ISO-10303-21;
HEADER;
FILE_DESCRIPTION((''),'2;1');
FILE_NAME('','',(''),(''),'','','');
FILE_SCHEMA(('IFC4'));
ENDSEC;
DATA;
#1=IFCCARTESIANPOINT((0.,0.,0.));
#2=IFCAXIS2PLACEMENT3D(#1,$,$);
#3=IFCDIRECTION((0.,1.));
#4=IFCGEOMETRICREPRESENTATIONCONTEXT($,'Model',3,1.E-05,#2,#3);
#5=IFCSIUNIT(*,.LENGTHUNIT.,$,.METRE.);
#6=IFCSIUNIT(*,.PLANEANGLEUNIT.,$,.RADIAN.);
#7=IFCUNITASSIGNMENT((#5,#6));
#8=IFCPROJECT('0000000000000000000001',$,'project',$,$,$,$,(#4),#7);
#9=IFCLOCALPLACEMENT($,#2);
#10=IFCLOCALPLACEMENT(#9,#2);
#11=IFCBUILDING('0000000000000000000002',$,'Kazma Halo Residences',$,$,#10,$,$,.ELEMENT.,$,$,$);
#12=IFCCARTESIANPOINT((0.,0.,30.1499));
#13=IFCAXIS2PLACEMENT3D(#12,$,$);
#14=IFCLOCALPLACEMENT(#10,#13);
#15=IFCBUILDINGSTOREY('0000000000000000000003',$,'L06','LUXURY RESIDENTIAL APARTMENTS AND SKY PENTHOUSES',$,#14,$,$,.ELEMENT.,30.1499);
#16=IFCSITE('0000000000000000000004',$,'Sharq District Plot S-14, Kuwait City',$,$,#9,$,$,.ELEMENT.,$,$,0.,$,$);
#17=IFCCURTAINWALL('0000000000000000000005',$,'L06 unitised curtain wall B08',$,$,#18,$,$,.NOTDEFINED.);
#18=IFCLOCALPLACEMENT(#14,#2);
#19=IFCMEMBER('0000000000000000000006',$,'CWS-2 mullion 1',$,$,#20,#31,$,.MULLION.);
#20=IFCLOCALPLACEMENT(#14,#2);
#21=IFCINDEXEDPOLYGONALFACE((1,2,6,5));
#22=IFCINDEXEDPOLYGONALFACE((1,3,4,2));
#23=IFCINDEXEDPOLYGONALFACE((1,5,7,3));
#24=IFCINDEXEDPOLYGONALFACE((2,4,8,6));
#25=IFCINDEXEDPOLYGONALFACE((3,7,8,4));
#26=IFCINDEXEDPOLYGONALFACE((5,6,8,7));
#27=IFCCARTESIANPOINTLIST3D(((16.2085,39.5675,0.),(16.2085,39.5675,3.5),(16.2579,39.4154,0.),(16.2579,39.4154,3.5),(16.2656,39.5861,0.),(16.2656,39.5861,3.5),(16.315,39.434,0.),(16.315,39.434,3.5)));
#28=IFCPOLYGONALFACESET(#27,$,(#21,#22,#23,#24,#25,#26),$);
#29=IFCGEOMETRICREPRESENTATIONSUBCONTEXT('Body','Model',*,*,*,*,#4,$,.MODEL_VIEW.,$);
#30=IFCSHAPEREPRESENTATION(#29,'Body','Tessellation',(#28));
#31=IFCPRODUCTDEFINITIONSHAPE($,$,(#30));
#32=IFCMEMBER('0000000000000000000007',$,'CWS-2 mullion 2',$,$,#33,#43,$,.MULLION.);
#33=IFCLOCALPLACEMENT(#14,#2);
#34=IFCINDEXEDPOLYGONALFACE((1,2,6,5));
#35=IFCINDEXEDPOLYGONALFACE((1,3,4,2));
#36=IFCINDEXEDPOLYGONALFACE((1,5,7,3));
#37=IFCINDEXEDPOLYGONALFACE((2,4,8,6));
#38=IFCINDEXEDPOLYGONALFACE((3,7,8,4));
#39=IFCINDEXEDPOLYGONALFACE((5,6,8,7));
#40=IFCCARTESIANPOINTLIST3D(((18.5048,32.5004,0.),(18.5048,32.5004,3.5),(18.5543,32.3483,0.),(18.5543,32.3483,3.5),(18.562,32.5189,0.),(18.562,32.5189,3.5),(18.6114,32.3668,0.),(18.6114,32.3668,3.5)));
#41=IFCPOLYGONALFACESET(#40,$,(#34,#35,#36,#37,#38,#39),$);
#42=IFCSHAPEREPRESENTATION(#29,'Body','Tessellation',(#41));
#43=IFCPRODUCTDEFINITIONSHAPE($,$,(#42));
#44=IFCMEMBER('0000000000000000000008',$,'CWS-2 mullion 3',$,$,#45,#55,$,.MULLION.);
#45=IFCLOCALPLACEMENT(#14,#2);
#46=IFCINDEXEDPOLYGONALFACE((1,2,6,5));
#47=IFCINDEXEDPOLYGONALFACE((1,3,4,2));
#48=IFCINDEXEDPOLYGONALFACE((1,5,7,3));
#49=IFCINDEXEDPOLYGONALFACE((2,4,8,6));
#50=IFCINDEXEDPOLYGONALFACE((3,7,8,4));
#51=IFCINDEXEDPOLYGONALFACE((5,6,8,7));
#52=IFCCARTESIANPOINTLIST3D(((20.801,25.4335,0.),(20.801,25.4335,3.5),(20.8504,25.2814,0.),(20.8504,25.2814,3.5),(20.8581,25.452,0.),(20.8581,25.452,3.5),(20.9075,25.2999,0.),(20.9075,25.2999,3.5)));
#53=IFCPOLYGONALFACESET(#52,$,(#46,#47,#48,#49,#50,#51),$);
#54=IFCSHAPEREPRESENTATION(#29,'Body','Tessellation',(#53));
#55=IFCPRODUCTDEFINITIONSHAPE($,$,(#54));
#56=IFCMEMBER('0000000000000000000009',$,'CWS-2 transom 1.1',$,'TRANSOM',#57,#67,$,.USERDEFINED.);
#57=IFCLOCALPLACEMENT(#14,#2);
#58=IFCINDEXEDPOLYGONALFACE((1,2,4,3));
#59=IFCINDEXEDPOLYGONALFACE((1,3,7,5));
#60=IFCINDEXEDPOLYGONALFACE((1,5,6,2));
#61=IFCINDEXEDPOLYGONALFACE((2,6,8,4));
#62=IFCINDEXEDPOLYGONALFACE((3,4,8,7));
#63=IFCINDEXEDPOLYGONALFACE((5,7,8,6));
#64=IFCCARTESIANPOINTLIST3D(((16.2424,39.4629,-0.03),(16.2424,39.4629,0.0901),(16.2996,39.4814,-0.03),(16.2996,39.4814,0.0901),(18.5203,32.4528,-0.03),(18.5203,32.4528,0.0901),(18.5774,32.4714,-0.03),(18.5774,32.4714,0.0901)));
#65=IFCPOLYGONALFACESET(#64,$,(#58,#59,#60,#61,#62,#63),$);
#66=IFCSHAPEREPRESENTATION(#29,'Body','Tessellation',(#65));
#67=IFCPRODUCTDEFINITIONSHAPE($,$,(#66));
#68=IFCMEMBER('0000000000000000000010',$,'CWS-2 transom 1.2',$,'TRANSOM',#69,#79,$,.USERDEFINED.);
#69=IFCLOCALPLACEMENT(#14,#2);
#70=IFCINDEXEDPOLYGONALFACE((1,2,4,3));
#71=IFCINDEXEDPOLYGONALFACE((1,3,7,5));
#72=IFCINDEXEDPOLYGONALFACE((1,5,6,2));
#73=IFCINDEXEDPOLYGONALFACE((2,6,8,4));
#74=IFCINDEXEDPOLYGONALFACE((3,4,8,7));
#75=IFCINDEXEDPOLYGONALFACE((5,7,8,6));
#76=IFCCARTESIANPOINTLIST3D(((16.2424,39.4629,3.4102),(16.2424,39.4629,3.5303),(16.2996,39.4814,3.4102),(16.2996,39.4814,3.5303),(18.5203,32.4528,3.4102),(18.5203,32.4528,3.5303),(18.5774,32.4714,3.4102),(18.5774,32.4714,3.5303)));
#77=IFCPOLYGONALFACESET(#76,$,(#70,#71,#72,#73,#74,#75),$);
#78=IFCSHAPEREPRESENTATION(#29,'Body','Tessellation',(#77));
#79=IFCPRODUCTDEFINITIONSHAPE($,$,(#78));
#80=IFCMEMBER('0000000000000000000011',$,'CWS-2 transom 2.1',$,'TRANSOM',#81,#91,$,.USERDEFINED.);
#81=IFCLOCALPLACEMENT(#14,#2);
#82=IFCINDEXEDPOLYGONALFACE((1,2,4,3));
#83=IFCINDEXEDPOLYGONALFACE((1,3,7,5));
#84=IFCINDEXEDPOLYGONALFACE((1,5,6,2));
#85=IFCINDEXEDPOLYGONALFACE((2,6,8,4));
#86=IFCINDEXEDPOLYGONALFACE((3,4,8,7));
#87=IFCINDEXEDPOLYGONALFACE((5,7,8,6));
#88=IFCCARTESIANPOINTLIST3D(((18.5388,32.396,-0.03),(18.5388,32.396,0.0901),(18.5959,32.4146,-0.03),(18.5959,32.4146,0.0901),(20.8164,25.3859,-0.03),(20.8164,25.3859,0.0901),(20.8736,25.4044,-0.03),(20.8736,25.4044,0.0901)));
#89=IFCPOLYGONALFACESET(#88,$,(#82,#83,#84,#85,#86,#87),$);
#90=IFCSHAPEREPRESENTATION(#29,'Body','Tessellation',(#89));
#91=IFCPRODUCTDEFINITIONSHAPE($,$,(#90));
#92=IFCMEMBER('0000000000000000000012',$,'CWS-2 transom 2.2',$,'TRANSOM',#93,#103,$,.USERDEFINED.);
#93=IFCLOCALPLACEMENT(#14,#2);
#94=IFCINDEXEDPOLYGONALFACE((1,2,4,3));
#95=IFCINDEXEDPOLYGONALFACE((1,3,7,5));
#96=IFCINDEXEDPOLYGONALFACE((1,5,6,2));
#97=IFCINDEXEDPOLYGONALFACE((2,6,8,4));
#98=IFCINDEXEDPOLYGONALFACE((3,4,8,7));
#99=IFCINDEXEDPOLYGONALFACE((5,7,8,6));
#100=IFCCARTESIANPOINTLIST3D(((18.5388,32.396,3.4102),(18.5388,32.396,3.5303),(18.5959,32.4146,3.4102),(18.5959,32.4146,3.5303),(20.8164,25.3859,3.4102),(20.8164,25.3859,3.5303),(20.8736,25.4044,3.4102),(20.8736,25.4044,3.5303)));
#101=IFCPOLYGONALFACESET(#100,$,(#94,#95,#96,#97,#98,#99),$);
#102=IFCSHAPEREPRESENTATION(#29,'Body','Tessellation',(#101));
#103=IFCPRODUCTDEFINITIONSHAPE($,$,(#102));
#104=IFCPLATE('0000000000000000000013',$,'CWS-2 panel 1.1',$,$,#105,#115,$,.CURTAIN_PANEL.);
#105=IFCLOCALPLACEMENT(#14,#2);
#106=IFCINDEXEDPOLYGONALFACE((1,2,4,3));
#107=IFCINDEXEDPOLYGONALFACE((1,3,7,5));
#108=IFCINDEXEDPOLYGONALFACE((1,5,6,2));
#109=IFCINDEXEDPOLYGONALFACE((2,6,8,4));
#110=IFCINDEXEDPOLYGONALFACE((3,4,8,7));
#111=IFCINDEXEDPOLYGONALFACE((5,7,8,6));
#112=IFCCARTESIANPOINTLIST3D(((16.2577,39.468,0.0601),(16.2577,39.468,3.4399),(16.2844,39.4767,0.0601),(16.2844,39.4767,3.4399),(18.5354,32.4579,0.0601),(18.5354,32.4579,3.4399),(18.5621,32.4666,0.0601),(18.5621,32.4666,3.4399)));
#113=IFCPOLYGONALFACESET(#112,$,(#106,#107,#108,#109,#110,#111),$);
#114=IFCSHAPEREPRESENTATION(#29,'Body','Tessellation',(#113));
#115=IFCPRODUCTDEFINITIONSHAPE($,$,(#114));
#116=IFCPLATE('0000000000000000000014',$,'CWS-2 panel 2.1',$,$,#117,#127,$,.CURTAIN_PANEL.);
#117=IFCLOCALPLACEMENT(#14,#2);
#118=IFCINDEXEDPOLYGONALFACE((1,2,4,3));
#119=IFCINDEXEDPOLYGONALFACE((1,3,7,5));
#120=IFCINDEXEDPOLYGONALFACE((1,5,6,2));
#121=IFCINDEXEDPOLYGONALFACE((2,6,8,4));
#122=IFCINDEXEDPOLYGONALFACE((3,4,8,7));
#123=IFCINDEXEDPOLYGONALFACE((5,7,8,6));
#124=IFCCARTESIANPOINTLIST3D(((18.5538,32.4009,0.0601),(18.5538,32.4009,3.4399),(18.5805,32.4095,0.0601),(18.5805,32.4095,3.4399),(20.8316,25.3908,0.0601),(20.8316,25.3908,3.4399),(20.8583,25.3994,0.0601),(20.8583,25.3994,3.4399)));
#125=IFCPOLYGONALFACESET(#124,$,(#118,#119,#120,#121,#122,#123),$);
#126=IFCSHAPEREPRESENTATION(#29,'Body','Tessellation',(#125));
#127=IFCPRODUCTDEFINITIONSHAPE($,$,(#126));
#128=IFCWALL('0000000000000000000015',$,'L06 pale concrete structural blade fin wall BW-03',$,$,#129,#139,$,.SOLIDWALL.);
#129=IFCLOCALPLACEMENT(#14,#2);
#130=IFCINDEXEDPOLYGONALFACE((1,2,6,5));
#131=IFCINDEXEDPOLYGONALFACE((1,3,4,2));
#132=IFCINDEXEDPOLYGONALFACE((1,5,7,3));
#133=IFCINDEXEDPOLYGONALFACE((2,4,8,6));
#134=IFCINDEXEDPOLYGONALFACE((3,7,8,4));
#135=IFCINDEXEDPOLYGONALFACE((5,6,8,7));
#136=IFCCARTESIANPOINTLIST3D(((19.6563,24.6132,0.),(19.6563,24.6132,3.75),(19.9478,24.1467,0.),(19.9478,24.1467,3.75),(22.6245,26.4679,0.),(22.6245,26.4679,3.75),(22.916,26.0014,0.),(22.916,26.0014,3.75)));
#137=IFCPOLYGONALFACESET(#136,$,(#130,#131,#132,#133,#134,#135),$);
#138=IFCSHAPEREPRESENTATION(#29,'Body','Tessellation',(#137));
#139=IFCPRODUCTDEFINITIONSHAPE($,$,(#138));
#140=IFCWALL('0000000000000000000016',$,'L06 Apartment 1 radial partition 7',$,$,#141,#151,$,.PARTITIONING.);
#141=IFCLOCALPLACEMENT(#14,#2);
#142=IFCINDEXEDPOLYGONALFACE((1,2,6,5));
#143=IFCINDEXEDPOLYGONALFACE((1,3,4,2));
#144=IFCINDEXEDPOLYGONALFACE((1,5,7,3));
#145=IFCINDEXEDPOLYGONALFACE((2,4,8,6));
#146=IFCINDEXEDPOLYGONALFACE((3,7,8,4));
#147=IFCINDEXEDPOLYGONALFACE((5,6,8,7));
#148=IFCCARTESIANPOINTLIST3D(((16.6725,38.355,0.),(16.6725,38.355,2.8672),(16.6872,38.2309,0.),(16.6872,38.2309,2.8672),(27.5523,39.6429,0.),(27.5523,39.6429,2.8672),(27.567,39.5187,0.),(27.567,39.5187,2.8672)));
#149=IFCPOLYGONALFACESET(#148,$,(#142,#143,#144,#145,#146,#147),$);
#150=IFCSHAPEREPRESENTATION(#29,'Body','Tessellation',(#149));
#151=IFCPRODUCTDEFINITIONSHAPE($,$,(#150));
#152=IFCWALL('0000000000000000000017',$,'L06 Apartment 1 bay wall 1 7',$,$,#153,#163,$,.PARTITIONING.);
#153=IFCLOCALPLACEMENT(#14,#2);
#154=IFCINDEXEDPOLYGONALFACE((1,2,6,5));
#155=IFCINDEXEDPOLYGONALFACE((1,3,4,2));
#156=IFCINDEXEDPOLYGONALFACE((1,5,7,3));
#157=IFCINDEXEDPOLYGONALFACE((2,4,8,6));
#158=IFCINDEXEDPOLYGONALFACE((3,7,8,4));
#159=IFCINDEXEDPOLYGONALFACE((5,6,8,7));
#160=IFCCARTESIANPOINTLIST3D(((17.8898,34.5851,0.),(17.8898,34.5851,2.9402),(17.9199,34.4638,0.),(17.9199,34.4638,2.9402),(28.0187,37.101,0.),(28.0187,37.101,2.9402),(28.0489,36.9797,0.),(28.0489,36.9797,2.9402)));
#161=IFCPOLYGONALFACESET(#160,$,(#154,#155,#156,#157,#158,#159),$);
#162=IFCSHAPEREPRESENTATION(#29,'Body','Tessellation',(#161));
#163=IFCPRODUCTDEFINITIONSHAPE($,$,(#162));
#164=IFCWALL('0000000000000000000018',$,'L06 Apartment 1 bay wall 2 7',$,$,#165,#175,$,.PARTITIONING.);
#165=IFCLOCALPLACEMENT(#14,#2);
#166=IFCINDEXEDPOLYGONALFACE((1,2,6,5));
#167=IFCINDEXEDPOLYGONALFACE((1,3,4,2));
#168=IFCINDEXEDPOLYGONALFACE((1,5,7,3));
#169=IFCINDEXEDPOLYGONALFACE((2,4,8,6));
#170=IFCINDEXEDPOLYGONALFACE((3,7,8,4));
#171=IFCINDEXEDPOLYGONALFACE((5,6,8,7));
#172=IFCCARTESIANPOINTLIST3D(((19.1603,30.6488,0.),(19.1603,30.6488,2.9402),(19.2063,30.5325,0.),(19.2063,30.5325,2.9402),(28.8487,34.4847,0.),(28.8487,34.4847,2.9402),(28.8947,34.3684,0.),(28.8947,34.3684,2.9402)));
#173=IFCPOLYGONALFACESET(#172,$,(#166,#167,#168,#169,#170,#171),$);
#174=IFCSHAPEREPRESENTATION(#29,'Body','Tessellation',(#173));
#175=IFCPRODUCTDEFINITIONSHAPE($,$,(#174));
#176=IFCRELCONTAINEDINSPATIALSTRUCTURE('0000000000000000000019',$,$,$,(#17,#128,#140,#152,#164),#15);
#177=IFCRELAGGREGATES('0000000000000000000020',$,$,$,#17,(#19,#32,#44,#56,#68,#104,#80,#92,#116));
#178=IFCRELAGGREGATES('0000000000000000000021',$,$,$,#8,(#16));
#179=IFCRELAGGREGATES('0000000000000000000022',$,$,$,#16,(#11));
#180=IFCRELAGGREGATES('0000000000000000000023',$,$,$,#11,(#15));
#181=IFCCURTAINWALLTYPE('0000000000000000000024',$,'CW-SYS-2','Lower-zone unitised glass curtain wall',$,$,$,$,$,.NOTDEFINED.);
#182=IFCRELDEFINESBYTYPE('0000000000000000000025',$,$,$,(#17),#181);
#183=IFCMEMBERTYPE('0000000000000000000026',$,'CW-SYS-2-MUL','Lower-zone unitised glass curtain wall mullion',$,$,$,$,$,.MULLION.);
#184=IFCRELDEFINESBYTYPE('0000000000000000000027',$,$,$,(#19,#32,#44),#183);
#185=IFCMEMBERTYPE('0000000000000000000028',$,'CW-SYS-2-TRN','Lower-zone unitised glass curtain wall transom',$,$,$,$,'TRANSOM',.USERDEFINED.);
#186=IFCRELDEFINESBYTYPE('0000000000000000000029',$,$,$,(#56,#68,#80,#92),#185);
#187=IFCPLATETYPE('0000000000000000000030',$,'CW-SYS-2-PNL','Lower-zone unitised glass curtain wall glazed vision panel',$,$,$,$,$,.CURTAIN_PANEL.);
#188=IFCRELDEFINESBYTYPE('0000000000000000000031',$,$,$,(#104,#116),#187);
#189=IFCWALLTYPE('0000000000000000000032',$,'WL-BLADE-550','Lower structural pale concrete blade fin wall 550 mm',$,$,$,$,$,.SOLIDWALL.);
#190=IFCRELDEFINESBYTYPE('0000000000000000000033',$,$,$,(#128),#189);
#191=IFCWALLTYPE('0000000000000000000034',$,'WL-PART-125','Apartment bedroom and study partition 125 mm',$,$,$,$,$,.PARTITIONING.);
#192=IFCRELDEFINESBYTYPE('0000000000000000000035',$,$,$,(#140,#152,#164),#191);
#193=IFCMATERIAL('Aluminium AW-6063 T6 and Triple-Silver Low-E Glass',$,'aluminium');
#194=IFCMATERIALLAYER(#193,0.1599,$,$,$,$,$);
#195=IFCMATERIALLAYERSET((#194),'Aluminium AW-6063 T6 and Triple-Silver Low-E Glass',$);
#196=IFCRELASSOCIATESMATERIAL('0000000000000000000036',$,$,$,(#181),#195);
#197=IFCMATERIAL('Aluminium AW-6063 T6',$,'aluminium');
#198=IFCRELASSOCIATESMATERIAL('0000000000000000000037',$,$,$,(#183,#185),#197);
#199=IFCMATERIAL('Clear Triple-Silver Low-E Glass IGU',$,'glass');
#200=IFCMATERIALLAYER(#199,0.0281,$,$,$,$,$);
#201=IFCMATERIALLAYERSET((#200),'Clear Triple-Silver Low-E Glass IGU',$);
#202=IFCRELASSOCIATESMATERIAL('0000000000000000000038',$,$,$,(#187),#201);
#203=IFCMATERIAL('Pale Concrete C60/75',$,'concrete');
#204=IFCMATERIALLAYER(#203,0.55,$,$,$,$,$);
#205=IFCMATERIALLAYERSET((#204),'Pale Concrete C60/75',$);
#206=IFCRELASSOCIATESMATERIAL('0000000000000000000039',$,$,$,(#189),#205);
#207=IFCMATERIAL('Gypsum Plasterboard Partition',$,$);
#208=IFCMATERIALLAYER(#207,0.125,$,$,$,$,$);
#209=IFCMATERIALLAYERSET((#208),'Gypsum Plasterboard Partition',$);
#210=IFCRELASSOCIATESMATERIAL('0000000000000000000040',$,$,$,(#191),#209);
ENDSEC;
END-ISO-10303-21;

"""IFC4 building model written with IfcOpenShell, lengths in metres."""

from ifc_helpers import new_model, si_unit, direction, frame, frame_2d, origin, origin_2d, place, context, subcontext, project, spatial, rectangle, extrude, material, layer, layer_set, material_profile, profile_set, type_object, element, aggregate, save


model = new_model("IFC4")

# Units and contexts
model_context = context("Model", 3, precision=1e-05, world=origin(), true_north=direction((0.0, 1.0)))
body_context = subcontext(model_context, "Body", "Model", "MODEL_VIEW")
ifc_project = project(units=[si_unit("LENGTHUNIT", "METRE"), si_unit("PLANEANGLEUNIT", "RADIAN")], contexts=[model_context])

# Site, building, storey
site_placement = place(None, origin())
site = spatial("IfcSite", under=ifc_project, at=site_placement, Name="Sharq District Plot S-14, Kuwait City", CompositionType="ELEMENT", RefElevation=0.0)
building_placement = place(site_placement, origin())
building = spatial("IfcBuilding", under=site, at=building_placement, Name="Kazma Halo Residences", CompositionType="ELEMENT")
storey_placement = place(building_placement, frame((0.0, 0.0, 30.1499)))
storey = spatial("IfcBuildingStorey", under=building, at=storey_placement, Name="L06", Description="LUXURY RESIDENTIAL APARTMENTS AND SKY PENTHOUSES", CompositionType="ELEMENT", Elevation=30.1499)

# Curtain wall, members, plates
ifc_material_1 = material(Name="Aluminium AW-6063 T6 and Triple-Silver Low-E Glass", Category="aluminium")
ifc_layer_1 = layer(ifc_material_1, 0.1599)
ifc_layer_set_1 = layer_set([ifc_layer_1], Name="Aluminium AW-6063 T6 and Triple-Silver Low-E Glass")
curtain_wall_type = type_object("IfcCurtainWallType", Name="CW-SYS-2", Description="Lower-zone unitised glass curtain wall", PredefinedType="NOTDEFINED", material=ifc_layer_set_1)
curtain_wall_placement = place(storey_placement, origin())
curtain_wall = element("IfcCurtainWall", 1, at=curtain_wall_placement, inside=storey, type_object=curtain_wall_type, Name="L06 unitised curtain wall B08", PredefinedType="NOTDEFINED")
ifc_material_2 = material(Name="Aluminium AW-6063 T6", Category="aluminium")
ifc_material_profile_1 = material_profile(ifc_material_2, rectangle(XDim=0.0601, YDim=0.1599, at=origin_2d()), Name="CWM-60x160")
ifc_profile_set_1 = profile_set([ifc_material_profile_1], Name="Aluminium AW-6063 T6")
member_type_1 = type_object("IfcMemberType", Name="CW-SYS-2-MUL", Description="Lower-zone unitised glass curtain wall mullion", PredefinedType="MULLION", material=ifc_profile_set_1)
member_1_placement = place(storey_placement, frame((16.2617, 39.5007, 0.0), z_axis=(0.0, 0.0, 1.0), x_axis=(0.951057, 0.309017, 0.0)))
member_1 = element("IfcMember", 2, at=member_1_placement, type_object=member_type_1, Name="CWS-2 mullion 1", PredefinedType="MULLION", context=body_context, shape_type="SweptSolid", body=[
    extrude(rectangle(XDim=0.0601, YDim=0.1599, at=origin_2d()), origin(), (0.0, 0.0, 1.0), 3.5),
])
member_2_placement = place(storey_placement, frame((18.5581, 32.4336, 0.0), z_axis=(0.0, 0.0, 1.0), x_axis=(0.951057, 0.309017, 0.0)))
member_2 = element("IfcMember", 3, at=member_2_placement, type_object=member_type_1, Name="CWS-2 mullion 2", PredefinedType="MULLION", context=body_context, shape_type="SweptSolid", body=[
    extrude(rectangle(XDim=0.0601, YDim=0.1599, at=origin_2d()), origin(), (0.0, 0.0, 1.0), 3.5),
])
member_3_placement = place(storey_placement, frame((20.8542, 25.3667, 0.0), z_axis=(0.0, 0.0, 1.0), x_axis=(0.951057, 0.309017, 0.0)))
member_3 = element("IfcMember", 4, at=member_3_placement, type_object=member_type_1, Name="CWS-2 mullion 3", PredefinedType="MULLION", context=body_context, shape_type="SweptSolid", body=[
    extrude(rectangle(XDim=0.0601, YDim=0.1599, at=origin_2d()), origin(), (0.0, 0.0, 1.0), 3.5),
])
ifc_material_profile_2 = material_profile(ifc_material_2, rectangle(XDim=0.0601, YDim=0.1201, at=origin_2d()), Name="CWT-60x120")
ifc_profile_set_2 = profile_set([ifc_material_profile_2], Name="Aluminium AW-6063 T6")
member_type_2 = type_object("IfcMemberType", Name="CW-SYS-2-TRN", Description="Lower-zone unitised glass curtain wall transom", ElementType="TRANSOM", PredefinedType="USERDEFINED", material=ifc_profile_set_2)
member_4_placement = place(storey_placement, frame((16.271, 39.4722, 0.03), z_axis=(0.309034, -0.951051, 0.0), x_axis=(0.951051, 0.309034, 0.0)))
member_4 = element("IfcMember", 5, at=member_4_placement, type_object=member_type_2, Name="CWS-2 transom 1.1", ObjectType="TRANSOM", PredefinedType="USERDEFINED", context=body_context, shape_type="SweptSolid", body=[
    extrude(rectangle(XDim=0.0601, YDim=0.1201, at=origin_2d()), origin(), (0.0, 0.0, 1.0), 7.3708),
])
member_5_placement = place(storey_placement, frame((16.271, 39.4722, 3.4702), z_axis=(0.309034, -0.951051, 0.0), x_axis=(0.951051, 0.309034, 0.0)))
member_5 = element("IfcMember", 6, at=member_5_placement, type_object=member_type_2, Name="CWS-2 transom 1.2", ObjectType="TRANSOM", PredefinedType="USERDEFINED", context=body_context, shape_type="SweptSolid", body=[
    extrude(rectangle(XDim=0.0601, YDim=0.1201, at=origin_2d()), origin(), (0.0, 0.0, 1.0), 7.3708),
])
member_6_placement = place(storey_placement, frame((18.5674, 32.4053, 0.03), z_axis=(0.309004, -0.951061, 0.0), x_axis=(0.951061, 0.309004, 0.0)))
member_6 = element("IfcMember", 7, at=member_6_placement, type_object=member_type_2, Name="CWS-2 transom 2.1", ObjectType="TRANSOM", PredefinedType="USERDEFINED", context=body_context, shape_type="SweptSolid", body=[
    extrude(rectangle(XDim=0.0601, YDim=0.1201, at=origin_2d()), origin(), (0.0, 0.0, 1.0), 7.3708),
])
member_7_placement = place(storey_placement, frame((18.5674, 32.4053, 3.4702), z_axis=(0.309004, -0.951061, 0.0), x_axis=(0.951061, 0.309004, 0.0)))
member_7 = element("IfcMember", 8, at=member_7_placement, type_object=member_type_2, Name="CWS-2 transom 2.2", ObjectType="TRANSOM", PredefinedType="USERDEFINED", context=body_context, shape_type="SweptSolid", body=[
    extrude(rectangle(XDim=0.0601, YDim=0.1201, at=origin_2d()), origin(), (0.0, 0.0, 1.0), 7.3708),
])
ifc_material_3 = material(Name="Clear Triple-Silver Low-E Glass IGU", Category="glass")
ifc_layer_2 = layer(ifc_material_3, 0.0281)
ifc_layer_set_2 = layer_set([ifc_layer_2], Name="Clear Triple-Silver Low-E Glass IGU")
plate_type = type_object("IfcPlateType", Name="CW-SYS-2-PNL", Description="Lower-zone unitised glass curtain wall glazed vision panel", PredefinedType="CURTAIN_PANEL", material=ifc_layer_set_2)
plate_1_placement = place(storey_placement, frame((17.4099, 35.9673, 0.0601), z_axis=(0.0, 0.0, 1.0), x_axis=(0.309017, -0.951057, 0.0)))
plate_1 = element("IfcPlate", 9, at=plate_1_placement, type_object=plate_type, Name="CWS-2 panel 1.1", PredefinedType="CURTAIN_PANEL", context=body_context, shape_type="SweptSolid", body=[
    extrude(rectangle(XDim=7.3708, YDim=0.0281, at=origin_2d()), origin(), (0.0, 0.0, 1.0), 3.3799),
])
plate_2_placement = place(storey_placement, frame((19.7061, 28.9001, 0.0601), z_axis=(0.0, 0.0, 1.0), x_axis=(0.309017, -0.951057, 0.0)))
plate_2 = element("IfcPlate", 10, at=plate_2_placement, type_object=plate_type, Name="CWS-2 panel 2.1", PredefinedType="CURTAIN_PANEL", context=body_context, shape_type="SweptSolid", body=[
    extrude(rectangle(XDim=7.3708, YDim=0.0281, at=origin_2d()), origin(), (0.0, 0.0, 1.0), 3.3799),
])
aggregate(curtain_wall, [member_1, member_2, member_3, member_4, member_5, plate_1, member_6, member_7, plate_2])

# Walls
ifc_material_4 = material(Name="Pale Concrete C60/75", Category="concrete")
ifc_layer_3 = layer(ifc_material_4, 0.55)
ifc_layer_set_3 = layer_set([ifc_layer_3], Name="Pale Concrete C60/75")
wall_type_1 = type_object("IfcWallType", Name="WL-BLADE-550", Description="Lower structural pale concrete blade fin wall 550 mm", PredefinedType="SOLIDWALL", material=ifc_layer_set_3)
wall_1_placement = place(storey_placement, frame((22.7703, 26.2346, 0.0), z_axis=(0.0, 0.0, 1.0), x_axis=(-0.848053, -0.529911, 0.0)))
element("IfcWall", 11, at=wall_1_placement, inside=storey, type_object=wall_type_1, Name="L06 pale concrete structural blade fin wall BW-03", PredefinedType="SOLIDWALL", context=body_context, shape_type="SweptSolid", body=[
    extrude(rectangle(XDim=3.5, YDim=0.55, at=frame_2d((1.75, 0.0))), origin(), (0.0, 0.0, 1.0), 3.75),
])
ifc_material_5 = material(Name="Gypsum Plasterboard Partition")
ifc_layer_4 = layer(ifc_material_5, 0.125)
ifc_layer_set_4 = layer_set([ifc_layer_4], Name="Gypsum Plasterboard Partition")
wall_type_2 = type_object("IfcWallType", Name="WL-PART-125", Description="Apartment bedroom and study partition 125 mm", PredefinedType="PARTITIONING", material=ifc_layer_set_4)
wall_2_placement = place(storey_placement, frame((27.5598, 39.5808, 0.0), z_axis=(0.0, 0.0, 1.0), x_axis=(-0.993067, -0.117548, 0.0)))
element("IfcWall", 12, at=wall_2_placement, inside=storey, type_object=wall_type_2, Name="L06 Apartment 1 radial partition 7", PredefinedType="PARTITIONING", context=body_context, shape_type="SweptSolid", body=[
    extrude(rectangle(XDim=10.9558, YDim=0.125, at=frame_2d((5.478, 0.0))), origin(), (0.0, 0.0, 1.0), 2.8672),
])
wall_3_placement = place(storey_placement, frame((28.0337, 37.0403, 0.0), z_axis=(0.0, 0.0, 1.0), x_axis=(-0.97051, -0.24106, 0.0)))
element("IfcWall", 13, at=wall_3_placement, inside=storey, type_object=wall_type_2, Name="L06 Apartment 1 bay wall 1 7", PredefinedType="PARTITIONING", context=body_context, shape_type="SweptSolid", body=[
    extrude(rectangle(XDim=10.4368, YDim=0.125, at=frame_2d((5.2183, 0.0))), origin(), (0.0, 0.0, 1.0), 2.9402),
])
wall_4_placement = place(storey_placement, frame((28.8716, 34.4265, 0.0), z_axis=(0.0, 0.0, 1.0), x_axis=(-0.929777, -0.368124, 0.0)))
element("IfcWall", 14, at=wall_4_placement, inside=storey, type_object=wall_type_2, Name="L06 Apartment 1 bay wall 2 7", PredefinedType="PARTITIONING", context=body_context, shape_type="SweptSolid", body=[
    extrude(rectangle(XDim=10.4202, YDim=0.125, at=frame_2d((5.21, 0.0))), origin(), (0.0, 0.0, 1.0), 2.9402),
])

save(model, "model.ifc")
